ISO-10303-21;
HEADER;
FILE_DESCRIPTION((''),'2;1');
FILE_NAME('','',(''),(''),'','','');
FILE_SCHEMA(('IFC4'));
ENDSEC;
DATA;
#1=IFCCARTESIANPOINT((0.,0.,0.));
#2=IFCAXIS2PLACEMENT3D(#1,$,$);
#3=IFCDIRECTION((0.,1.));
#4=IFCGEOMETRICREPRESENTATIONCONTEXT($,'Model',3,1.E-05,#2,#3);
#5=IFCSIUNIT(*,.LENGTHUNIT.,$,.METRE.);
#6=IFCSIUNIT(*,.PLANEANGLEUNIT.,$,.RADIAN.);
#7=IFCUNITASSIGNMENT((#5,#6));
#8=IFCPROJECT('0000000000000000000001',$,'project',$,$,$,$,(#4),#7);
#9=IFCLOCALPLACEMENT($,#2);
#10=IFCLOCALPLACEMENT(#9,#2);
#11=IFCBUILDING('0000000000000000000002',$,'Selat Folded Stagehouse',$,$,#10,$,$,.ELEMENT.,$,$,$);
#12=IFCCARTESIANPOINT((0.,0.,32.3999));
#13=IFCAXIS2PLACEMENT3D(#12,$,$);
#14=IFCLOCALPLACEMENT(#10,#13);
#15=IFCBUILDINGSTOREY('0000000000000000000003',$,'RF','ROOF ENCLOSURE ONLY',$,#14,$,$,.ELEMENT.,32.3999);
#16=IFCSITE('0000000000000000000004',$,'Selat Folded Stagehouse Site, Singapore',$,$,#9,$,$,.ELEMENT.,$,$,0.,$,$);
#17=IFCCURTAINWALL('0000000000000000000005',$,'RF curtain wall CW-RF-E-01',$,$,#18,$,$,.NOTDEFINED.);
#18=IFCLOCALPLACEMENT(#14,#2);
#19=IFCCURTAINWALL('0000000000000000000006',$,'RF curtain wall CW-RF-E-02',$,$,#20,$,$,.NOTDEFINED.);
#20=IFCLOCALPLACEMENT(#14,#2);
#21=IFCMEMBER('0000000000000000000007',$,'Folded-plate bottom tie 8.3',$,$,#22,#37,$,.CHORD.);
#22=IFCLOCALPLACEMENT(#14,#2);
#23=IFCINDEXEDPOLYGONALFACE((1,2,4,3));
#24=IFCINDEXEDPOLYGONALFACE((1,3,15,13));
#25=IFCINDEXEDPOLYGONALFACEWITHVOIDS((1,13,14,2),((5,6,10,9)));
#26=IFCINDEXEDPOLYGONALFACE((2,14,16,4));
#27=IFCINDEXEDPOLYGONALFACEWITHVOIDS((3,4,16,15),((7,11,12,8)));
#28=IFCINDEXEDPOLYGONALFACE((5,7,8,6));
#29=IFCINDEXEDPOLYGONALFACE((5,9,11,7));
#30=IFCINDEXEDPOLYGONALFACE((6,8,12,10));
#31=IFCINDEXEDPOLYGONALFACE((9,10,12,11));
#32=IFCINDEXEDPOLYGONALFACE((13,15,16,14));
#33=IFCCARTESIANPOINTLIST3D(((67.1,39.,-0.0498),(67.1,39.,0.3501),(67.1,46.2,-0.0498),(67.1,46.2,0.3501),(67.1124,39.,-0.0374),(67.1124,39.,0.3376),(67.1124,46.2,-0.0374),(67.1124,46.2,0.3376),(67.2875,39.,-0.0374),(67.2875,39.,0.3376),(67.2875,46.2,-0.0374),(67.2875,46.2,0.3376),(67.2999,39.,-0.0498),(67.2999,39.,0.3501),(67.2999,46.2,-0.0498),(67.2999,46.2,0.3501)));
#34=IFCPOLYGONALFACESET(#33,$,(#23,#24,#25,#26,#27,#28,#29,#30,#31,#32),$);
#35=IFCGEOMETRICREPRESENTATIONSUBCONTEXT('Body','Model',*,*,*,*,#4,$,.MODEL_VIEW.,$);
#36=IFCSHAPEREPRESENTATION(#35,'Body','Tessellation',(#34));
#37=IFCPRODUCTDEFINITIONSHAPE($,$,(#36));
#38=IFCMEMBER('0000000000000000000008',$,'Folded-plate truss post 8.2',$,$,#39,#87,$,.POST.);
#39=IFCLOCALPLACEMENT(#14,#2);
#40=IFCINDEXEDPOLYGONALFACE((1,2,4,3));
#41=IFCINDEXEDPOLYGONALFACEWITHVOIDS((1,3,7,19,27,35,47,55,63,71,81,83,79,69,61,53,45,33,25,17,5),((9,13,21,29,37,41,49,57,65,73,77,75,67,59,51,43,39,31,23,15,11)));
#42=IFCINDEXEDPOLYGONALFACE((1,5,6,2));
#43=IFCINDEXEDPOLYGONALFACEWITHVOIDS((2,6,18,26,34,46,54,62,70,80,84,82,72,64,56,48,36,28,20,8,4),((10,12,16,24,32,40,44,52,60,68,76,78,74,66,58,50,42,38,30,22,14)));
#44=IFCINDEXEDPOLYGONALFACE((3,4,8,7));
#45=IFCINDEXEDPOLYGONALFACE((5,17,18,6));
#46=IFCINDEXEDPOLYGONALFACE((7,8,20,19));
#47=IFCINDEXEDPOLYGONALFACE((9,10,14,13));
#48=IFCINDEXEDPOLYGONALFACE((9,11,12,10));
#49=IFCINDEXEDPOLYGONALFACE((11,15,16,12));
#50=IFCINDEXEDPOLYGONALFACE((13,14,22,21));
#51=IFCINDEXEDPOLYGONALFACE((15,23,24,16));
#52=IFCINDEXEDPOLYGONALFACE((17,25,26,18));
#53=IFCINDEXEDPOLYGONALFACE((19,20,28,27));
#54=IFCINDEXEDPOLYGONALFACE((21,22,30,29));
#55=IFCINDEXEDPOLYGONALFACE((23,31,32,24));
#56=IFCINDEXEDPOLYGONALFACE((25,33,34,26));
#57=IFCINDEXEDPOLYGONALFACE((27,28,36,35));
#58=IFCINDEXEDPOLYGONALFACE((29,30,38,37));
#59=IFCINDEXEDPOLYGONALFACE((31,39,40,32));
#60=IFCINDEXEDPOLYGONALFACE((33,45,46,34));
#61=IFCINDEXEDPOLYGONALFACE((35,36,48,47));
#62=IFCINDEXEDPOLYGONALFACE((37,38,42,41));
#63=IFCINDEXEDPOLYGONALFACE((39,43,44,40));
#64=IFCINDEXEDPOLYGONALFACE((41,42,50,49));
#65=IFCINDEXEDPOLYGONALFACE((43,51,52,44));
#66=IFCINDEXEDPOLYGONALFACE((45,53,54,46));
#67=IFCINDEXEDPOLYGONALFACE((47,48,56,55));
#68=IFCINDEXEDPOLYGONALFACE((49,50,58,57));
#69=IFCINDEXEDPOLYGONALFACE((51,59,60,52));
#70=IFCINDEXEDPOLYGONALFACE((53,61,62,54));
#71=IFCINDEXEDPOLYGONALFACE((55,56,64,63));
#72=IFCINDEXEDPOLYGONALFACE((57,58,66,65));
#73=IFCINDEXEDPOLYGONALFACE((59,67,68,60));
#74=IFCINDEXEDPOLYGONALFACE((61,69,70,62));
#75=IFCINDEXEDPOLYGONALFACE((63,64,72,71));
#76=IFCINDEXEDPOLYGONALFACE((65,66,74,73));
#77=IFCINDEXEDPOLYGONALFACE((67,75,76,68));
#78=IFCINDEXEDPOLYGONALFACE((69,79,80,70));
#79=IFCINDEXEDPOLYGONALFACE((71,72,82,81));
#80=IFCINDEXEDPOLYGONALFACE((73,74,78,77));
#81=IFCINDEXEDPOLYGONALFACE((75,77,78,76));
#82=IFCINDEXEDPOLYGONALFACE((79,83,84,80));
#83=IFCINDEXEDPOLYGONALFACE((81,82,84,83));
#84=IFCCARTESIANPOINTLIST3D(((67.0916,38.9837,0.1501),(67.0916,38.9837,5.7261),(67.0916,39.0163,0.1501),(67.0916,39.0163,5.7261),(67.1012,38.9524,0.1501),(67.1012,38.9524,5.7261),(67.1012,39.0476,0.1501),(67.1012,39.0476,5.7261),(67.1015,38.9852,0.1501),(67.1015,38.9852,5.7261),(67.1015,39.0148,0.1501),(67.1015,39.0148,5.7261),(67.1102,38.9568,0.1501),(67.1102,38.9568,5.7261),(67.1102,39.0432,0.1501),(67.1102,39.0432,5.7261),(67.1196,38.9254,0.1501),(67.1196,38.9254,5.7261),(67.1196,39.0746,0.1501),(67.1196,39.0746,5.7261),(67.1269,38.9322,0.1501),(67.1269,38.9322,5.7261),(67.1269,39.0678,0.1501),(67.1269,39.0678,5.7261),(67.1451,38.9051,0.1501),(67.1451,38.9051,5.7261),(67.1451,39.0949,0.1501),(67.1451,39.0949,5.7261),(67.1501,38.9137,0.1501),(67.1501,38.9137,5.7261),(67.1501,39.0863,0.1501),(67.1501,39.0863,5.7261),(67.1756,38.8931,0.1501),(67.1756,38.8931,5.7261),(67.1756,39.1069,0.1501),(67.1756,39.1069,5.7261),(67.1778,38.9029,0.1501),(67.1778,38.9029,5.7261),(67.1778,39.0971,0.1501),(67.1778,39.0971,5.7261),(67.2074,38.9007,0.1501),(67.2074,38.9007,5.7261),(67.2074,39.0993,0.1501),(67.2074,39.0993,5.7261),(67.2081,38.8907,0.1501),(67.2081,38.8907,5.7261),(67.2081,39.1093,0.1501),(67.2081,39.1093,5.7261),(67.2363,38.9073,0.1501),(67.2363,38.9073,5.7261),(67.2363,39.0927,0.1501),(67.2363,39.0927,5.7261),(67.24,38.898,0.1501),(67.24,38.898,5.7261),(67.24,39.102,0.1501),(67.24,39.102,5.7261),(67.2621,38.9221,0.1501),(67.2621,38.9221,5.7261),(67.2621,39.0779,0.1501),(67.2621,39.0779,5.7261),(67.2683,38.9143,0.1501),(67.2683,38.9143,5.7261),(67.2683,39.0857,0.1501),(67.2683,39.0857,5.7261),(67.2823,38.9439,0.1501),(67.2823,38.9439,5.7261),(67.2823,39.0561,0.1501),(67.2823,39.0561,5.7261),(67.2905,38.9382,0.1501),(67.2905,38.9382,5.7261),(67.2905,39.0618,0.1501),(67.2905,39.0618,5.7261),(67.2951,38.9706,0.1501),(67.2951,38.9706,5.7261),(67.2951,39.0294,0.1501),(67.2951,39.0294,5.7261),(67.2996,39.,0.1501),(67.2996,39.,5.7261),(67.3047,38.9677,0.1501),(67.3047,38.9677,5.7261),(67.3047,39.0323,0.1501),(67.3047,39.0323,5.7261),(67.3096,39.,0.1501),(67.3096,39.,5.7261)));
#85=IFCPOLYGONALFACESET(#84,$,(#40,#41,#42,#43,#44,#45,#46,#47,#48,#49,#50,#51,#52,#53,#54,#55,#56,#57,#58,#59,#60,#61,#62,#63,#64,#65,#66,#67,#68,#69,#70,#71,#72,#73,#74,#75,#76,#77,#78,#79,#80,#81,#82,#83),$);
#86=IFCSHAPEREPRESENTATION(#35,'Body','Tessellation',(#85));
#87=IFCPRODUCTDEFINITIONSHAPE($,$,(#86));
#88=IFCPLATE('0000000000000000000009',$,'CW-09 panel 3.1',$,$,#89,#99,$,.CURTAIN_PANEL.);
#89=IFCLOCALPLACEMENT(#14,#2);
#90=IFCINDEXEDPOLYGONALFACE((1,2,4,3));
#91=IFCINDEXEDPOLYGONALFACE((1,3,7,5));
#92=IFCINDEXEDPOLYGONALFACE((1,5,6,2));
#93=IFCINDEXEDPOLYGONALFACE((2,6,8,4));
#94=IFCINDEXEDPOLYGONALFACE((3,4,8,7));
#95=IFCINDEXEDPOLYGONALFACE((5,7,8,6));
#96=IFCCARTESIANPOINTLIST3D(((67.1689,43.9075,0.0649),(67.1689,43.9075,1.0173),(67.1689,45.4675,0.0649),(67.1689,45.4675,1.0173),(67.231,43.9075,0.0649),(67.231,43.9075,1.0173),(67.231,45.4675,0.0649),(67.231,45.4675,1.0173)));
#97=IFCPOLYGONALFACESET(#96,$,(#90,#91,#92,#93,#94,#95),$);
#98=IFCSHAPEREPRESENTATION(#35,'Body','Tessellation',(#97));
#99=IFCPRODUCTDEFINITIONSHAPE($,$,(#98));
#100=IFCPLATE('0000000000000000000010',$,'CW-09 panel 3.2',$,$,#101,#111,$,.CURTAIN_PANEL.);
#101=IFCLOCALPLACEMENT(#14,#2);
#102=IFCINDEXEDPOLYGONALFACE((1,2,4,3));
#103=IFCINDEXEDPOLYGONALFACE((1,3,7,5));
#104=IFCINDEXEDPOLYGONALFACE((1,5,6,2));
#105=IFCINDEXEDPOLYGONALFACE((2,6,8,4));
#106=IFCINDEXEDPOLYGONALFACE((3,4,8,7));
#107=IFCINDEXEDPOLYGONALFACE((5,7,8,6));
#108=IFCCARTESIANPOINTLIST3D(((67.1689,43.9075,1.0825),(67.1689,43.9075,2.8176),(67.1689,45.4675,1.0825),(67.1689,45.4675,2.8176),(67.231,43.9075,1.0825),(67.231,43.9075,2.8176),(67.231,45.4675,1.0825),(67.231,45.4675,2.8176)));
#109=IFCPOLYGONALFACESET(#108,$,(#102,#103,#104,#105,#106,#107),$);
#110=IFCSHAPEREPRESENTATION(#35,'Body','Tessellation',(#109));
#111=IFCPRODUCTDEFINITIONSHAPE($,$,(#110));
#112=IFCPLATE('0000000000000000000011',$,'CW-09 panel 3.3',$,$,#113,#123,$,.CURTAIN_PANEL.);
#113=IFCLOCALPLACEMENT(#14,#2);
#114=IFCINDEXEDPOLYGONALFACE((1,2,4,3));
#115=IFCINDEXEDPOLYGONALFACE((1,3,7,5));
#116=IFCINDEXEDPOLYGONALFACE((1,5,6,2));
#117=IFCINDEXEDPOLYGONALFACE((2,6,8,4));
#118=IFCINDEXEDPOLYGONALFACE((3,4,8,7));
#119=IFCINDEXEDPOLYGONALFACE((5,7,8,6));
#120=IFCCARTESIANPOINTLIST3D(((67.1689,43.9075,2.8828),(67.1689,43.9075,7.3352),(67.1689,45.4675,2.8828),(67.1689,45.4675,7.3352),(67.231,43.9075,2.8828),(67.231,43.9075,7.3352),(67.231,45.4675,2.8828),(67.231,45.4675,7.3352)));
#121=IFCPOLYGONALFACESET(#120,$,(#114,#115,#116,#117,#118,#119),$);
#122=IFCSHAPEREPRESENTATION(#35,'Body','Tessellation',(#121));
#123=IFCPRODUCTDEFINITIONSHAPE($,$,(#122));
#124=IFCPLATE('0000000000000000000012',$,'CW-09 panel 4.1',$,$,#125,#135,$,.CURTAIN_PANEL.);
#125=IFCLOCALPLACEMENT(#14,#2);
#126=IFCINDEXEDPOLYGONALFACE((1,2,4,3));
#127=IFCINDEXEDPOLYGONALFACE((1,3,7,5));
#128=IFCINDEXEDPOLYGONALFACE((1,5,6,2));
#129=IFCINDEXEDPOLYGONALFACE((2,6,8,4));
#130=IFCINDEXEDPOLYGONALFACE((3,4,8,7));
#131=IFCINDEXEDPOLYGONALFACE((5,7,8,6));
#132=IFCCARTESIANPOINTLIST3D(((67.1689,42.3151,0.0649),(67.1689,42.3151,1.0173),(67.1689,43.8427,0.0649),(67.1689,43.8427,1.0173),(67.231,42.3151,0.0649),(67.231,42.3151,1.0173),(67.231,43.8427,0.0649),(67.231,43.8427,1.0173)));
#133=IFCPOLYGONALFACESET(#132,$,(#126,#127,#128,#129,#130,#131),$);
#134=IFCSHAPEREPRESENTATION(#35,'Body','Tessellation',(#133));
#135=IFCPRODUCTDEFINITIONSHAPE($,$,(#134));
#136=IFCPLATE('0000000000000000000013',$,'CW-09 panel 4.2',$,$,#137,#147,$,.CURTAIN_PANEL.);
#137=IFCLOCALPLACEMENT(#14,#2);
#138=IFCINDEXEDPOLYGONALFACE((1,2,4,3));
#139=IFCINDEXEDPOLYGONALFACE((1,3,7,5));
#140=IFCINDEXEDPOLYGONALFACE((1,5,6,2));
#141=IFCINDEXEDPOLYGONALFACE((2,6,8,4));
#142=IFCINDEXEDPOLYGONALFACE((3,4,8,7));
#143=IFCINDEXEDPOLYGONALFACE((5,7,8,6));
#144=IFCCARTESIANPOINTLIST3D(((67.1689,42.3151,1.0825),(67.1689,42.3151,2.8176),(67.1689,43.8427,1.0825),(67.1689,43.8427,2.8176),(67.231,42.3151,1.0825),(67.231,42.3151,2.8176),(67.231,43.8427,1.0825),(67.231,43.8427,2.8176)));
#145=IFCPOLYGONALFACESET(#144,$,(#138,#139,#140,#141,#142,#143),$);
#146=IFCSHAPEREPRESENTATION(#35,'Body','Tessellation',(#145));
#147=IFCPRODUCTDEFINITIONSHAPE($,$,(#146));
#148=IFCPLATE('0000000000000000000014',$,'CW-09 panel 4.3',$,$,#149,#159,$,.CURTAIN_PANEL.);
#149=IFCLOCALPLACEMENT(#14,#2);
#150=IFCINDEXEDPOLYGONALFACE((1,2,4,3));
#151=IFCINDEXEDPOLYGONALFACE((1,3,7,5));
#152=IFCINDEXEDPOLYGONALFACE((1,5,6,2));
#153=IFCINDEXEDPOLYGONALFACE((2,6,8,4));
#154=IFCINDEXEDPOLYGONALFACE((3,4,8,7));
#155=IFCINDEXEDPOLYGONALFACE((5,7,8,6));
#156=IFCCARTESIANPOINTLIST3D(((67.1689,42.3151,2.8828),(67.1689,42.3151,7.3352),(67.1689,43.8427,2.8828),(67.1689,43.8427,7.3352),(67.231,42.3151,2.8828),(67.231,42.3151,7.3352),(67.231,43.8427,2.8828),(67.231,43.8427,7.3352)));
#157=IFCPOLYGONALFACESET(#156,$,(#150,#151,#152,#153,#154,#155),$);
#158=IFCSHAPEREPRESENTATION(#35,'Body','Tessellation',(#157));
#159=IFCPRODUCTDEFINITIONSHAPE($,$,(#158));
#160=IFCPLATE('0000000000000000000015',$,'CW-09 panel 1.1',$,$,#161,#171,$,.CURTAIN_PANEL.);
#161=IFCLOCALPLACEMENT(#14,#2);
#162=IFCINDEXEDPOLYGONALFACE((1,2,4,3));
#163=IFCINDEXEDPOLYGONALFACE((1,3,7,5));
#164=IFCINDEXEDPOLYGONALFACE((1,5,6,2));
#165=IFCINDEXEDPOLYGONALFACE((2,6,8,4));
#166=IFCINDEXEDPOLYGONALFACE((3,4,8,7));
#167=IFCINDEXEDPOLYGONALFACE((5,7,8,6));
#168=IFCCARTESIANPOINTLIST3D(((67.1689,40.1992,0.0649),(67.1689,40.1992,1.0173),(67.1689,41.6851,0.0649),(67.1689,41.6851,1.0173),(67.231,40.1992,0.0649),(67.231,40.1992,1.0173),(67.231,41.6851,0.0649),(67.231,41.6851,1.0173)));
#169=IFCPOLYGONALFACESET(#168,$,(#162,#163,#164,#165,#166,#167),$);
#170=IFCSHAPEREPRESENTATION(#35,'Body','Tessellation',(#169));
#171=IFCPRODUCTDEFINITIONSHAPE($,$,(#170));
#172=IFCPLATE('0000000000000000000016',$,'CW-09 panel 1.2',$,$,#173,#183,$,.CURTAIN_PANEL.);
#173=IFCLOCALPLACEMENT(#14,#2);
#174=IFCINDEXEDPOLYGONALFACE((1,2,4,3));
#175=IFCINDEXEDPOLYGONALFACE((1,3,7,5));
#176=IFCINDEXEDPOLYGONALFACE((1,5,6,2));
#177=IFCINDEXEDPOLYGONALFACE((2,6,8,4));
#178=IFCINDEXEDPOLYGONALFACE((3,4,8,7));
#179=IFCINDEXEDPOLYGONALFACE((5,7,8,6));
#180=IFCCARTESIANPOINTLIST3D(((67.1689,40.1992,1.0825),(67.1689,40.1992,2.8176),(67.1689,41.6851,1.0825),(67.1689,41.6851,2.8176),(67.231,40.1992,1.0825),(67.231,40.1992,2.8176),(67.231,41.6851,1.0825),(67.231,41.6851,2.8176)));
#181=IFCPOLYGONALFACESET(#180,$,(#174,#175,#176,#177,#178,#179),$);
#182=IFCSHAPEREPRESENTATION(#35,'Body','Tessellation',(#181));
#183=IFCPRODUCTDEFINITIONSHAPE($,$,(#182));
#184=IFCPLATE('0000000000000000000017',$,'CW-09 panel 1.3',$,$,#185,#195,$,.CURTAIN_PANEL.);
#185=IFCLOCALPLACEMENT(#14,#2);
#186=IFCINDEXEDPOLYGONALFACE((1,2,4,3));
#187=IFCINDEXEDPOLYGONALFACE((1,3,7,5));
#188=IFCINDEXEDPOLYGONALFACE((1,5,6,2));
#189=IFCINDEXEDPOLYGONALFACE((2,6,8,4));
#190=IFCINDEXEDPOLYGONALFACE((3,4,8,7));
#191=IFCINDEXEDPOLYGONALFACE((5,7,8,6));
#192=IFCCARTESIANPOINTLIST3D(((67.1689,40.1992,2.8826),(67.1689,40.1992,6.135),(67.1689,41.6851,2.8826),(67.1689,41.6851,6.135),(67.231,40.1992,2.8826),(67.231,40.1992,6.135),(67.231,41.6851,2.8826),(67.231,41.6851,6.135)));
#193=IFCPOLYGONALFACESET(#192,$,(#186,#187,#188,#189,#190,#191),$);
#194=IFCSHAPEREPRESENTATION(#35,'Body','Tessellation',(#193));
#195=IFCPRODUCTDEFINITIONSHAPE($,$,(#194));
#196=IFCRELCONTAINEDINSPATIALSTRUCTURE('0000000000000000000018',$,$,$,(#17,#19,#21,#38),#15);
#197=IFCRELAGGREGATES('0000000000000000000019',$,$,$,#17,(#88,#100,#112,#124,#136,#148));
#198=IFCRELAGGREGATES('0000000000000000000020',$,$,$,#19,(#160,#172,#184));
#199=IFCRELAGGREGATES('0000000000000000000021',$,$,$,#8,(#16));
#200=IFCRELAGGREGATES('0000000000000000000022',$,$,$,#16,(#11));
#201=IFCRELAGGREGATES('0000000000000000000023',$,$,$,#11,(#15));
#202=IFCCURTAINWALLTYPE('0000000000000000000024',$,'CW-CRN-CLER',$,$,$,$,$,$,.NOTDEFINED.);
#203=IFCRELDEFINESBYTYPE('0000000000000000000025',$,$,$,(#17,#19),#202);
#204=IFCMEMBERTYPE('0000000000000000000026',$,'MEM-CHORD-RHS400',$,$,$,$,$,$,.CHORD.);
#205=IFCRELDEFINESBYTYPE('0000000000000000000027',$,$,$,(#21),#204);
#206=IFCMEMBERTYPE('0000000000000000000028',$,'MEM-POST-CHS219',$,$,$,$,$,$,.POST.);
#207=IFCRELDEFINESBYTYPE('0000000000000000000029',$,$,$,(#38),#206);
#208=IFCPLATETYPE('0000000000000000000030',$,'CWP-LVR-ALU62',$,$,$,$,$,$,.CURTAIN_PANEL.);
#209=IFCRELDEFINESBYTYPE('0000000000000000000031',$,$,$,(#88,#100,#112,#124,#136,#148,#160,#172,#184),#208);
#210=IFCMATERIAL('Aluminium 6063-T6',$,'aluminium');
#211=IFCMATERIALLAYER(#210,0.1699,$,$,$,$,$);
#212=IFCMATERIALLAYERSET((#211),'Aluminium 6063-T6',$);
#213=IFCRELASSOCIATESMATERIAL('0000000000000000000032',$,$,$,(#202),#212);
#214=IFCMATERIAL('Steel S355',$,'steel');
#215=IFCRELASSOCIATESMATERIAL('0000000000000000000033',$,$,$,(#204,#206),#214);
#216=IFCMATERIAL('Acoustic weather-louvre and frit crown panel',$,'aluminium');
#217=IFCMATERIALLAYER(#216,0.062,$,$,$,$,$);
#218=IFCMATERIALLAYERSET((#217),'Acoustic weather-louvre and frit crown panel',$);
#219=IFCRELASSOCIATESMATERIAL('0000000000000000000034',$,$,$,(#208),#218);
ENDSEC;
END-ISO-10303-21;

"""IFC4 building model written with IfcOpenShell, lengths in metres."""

from ifc_helpers import new_model, si_unit, direction, frame, origin, origin_2d, place, context, subcontext, project, spatial, rectangle, hollow_rectangle, hollow_circle, extrude, material, layer, layer_set, material_profile, profile_set, type_object, element, aggregate, save


model = new_model("IFC4")

# Units and contexts
model_context = context("Model", 3, precision=1e-05, world=origin(), true_north=direction((0.0, 1.0)))
body_context = subcontext(model_context, "Body", "Model", "MODEL_VIEW")
ifc_project = project(units=[si_unit("LENGTHUNIT", "METRE"), si_unit("PLANEANGLEUNIT", "RADIAN")], contexts=[model_context])

# Site, building, storey
site_placement = place(None, origin())
site = spatial("IfcSite", under=ifc_project, at=site_placement, Name="Selat Folded Stagehouse Site, Singapore", CompositionType="ELEMENT", RefElevation=0.0)
building_placement = place(site_placement, origin())
building = spatial("IfcBuilding", under=site, at=building_placement, Name="Selat Folded Stagehouse", CompositionType="ELEMENT")
storey_placement = place(building_placement, frame((0.0, 0.0, 32.3999)))
storey = spatial("IfcBuildingStorey", under=building, at=storey_placement, Name="RF", Description="ROOF ENCLOSURE ONLY", CompositionType="ELEMENT", Elevation=32.3999)

# Curtain walls
ifc_material_1 = material(Name="Aluminium 6063-T6", Category="aluminium")
ifc_layer_1 = layer(ifc_material_1, 0.1699)
ifc_layer_set_1 = layer_set([ifc_layer_1], Name="Aluminium 6063-T6")
curtain_wall_type = type_object("IfcCurtainWallType", Name="CW-CRN-CLER", PredefinedType="NOTDEFINED", material=ifc_layer_set_1)
curtain_wall_1_placement = place(storey_placement, origin())
curtain_wall_1 = element("IfcCurtainWall", 1, at=curtain_wall_1_placement, inside=storey, type_object=curtain_wall_type, Name="RF curtain wall CW-RF-E-01", PredefinedType="NOTDEFINED")
curtain_wall_2_placement = place(storey_placement, origin())
curtain_wall_2 = element("IfcCurtainWall", 2, at=curtain_wall_2_placement, inside=storey, type_object=curtain_wall_type, Name="RF curtain wall CW-RF-E-02", PredefinedType="NOTDEFINED")

# Members
ifc_material_2 = material(Name="Steel S355", Category="steel")
ifc_material_profile_1 = material_profile(ifc_material_2, hollow_rectangle(XDim=0.2, YDim=0.3999, WallThickness=0.0125, at=origin_2d()), Name="RHS 400x200x12.5")
ifc_profile_set_1 = profile_set([ifc_material_profile_1], Name="Steel S355")
member_type_1 = type_object("IfcMemberType", Name="MEM-CHORD-RHS400", PredefinedType="CHORD", material=ifc_profile_set_1)
member_1_placement = place(storey_placement, frame((67.2, 39.0, 0.1501), z_axis=(0.0, 1.0, 0.0), x_axis=(-1.0, 0.0, 0.0)))
element("IfcMember", 3, at=member_1_placement, inside=storey, type_object=member_type_1, Name="Folded-plate bottom tie 8.3", PredefinedType="CHORD", context=body_context, shape_type="SweptSolid", body=[
    extrude(hollow_rectangle(XDim=0.2, YDim=0.3999, WallThickness=0.0125, at=origin_2d()), origin(), (0.0, 0.0, 1.0), 7.2),
])
ifc_material_profile_2 = material_profile(ifc_material_2, hollow_circle(Radius=0.1096, WallThickness=0.01, at=origin_2d()), Name="CHS 219.1x10.0")
ifc_profile_set_2 = profile_set([ifc_material_profile_2], Name="Steel S355")
member_type_2 = type_object("IfcMemberType", Name="MEM-POST-CHS219", PredefinedType="POST", material=ifc_profile_set_2)
member_2_placement = place(storey_placement, frame((67.2, 39.0, 0.1501), z_axis=(0.0, 0.0, 1.0), x_axis=(1.0, 0.0, 0.0)))
element("IfcMember", 4, at=member_2_placement, inside=storey, type_object=member_type_2, Name="Folded-plate truss post 8.2", PredefinedType="POST", context=body_context, shape_type="SweptSolid", body=[
    extrude(hollow_circle(Radius=0.1096, WallThickness=0.01, at=origin_2d()), origin(), (0.0, 0.0, 1.0), 5.5759),
])

# Plates
ifc_material_3 = material(Name="Acoustic weather-louvre and frit crown panel", Category="aluminium")
ifc_layer_2 = layer(ifc_material_3, 0.062)
ifc_layer_set_2 = layer_set([ifc_layer_2], Name="Acoustic weather-louvre and frit crown panel")
plate_type_1 = type_object("IfcPlateType", Name="CWP-LVR-ALU62", PredefinedType="CURTAIN_PANEL", material=ifc_layer_set_2)
plate_1_placement = place(storey_placement, frame((67.2, 44.6875, 0.0649), z_axis=(0.0, 0.0, 1.0), x_axis=(0.0, -1.0, 0.0)))
plate_1 = element("IfcPlate", 5, at=plate_1_placement, type_object=plate_type_1, Name="CW-09 panel 3.1", PredefinedType="CURTAIN_PANEL", context=body_context, shape_type="SweptSolid", body=[
    extrude(rectangle(XDim=1.5601, YDim=0.062, at=origin_2d()), origin(), (0.0, 0.0, 1.0), 0.9524),
])
plate_2_placement = place(storey_placement, frame((67.2, 44.6875, 1.0825), z_axis=(0.0, 0.0, 1.0), x_axis=(0.0, -1.0, 0.0)))
plate_2 = element("IfcPlate", 6, at=plate_2_placement, type_object=plate_type_1, Name="CW-09 panel 3.2", PredefinedType="CURTAIN_PANEL", context=body_context, shape_type="SweptSolid", body=[
    extrude(rectangle(XDim=1.5601, YDim=0.062, at=origin_2d()), origin(), (0.0, 0.0, 1.0), 1.7351),
])
plate_3_placement = place(storey_placement, frame((67.2, 44.6875, 2.8828), z_axis=(0.0, 0.0, 1.0), x_axis=(0.0, -1.0, 0.0)))
plate_3 = element("IfcPlate", 7, at=plate_3_placement, type_object=plate_type_1, Name="CW-09 panel 3.3", PredefinedType="CURTAIN_PANEL", context=body_context, shape_type="SweptSolid", body=[
    extrude(rectangle(XDim=1.5601, YDim=0.062, at=origin_2d()), origin(), (0.0, 0.0, 1.0), 4.4524),
])
plate_4_placement = place(storey_placement, frame((67.2, 43.0789, 0.0649), z_axis=(0.0, 0.0, 1.0), x_axis=(0.0, -1.0, 0.0)))
plate_4 = element("IfcPlate", 8, at=plate_4_placement, type_object=plate_type_1, Name="CW-09 panel 4.1", PredefinedType="CURTAIN_PANEL", context=body_context, shape_type="SweptSolid", body=[
    extrude(rectangle(XDim=1.5276, YDim=0.062, at=origin_2d()), origin(), (0.0, 0.0, 1.0), 0.9524),
])
plate_5_placement = place(storey_placement, frame((67.2, 43.0789, 1.0825), z_axis=(0.0, 0.0, 1.0), x_axis=(0.0, -1.0, 0.0)))
plate_5 = element("IfcPlate", 9, at=plate_5_placement, type_object=plate_type_1, Name="CW-09 panel 4.2", PredefinedType="CURTAIN_PANEL", context=body_context, shape_type="SweptSolid", body=[
    extrude(rectangle(XDim=1.5276, YDim=0.062, at=origin_2d()), origin(), (0.0, 0.0, 1.0), 1.7351),
])
plate_6_placement = place(storey_placement, frame((67.2, 43.0789, 2.8828), z_axis=(0.0, 0.0, 1.0), x_axis=(0.0, -1.0, 0.0)))
plate_6 = element("IfcPlate", 10, at=plate_6_placement, type_object=plate_type_1, Name="CW-09 panel 4.3", PredefinedType="CURTAIN_PANEL", context=body_context, shape_type="SweptSolid", body=[
    extrude(rectangle(XDim=1.5276, YDim=0.062, at=origin_2d()), origin(), (0.0, 0.0, 1.0), 4.4524),
])
aggregate(curtain_wall_1, [plate_1, plate_2, plate_3, plate_4, plate_5, plate_6])
plate_7_placement = place(storey_placement, frame((67.2, 40.9421, 0.0649), z_axis=(0.0, 0.0, 1.0), x_axis=(0.0, -1.0, 0.0)))
plate_7 = element("IfcPlate", 11, at=plate_7_placement, type_object=plate_type_1, Name="CW-09 panel 1.1", PredefinedType="CURTAIN_PANEL", context=body_context, shape_type="SweptSolid", body=[
    extrude(rectangle(XDim=1.4858, YDim=0.062, at=origin_2d()), origin(), (0.0, 0.0, 1.0), 0.9524),
])
plate_8_placement = place(storey_placement, frame((67.2, 40.9421, 1.0825), z_axis=(0.0, 0.0, 1.0), x_axis=(0.0, -1.0, 0.0)))
plate_8 = element("IfcPlate", 12, at=plate_8_placement, type_object=plate_type_1, Name="CW-09 panel 1.2", PredefinedType="CURTAIN_PANEL", context=body_context, shape_type="SweptSolid", body=[
    extrude(rectangle(XDim=1.4858, YDim=0.062, at=origin_2d()), origin(), (0.0, 0.0, 1.0), 1.7351),
])
plate_9_placement = place(storey_placement, frame((67.2, 40.9421, 2.8826), z_axis=(0.0, 0.0, 1.0), x_axis=(0.0, -1.0, 0.0)))
plate_9 = element("IfcPlate", 13, at=plate_9_placement, type_object=plate_type_1, Name="CW-09 panel 1.3", PredefinedType="CURTAIN_PANEL", context=body_context, shape_type="SweptSolid", body=[
    extrude(rectangle(XDim=1.4858, YDim=0.062, at=origin_2d()), origin(), (0.0, 0.0, 1.0), 3.2524),
])
aggregate(curtain_wall_2, [plate_7, plate_8, plate_9])

save(model, "model.ifc")
